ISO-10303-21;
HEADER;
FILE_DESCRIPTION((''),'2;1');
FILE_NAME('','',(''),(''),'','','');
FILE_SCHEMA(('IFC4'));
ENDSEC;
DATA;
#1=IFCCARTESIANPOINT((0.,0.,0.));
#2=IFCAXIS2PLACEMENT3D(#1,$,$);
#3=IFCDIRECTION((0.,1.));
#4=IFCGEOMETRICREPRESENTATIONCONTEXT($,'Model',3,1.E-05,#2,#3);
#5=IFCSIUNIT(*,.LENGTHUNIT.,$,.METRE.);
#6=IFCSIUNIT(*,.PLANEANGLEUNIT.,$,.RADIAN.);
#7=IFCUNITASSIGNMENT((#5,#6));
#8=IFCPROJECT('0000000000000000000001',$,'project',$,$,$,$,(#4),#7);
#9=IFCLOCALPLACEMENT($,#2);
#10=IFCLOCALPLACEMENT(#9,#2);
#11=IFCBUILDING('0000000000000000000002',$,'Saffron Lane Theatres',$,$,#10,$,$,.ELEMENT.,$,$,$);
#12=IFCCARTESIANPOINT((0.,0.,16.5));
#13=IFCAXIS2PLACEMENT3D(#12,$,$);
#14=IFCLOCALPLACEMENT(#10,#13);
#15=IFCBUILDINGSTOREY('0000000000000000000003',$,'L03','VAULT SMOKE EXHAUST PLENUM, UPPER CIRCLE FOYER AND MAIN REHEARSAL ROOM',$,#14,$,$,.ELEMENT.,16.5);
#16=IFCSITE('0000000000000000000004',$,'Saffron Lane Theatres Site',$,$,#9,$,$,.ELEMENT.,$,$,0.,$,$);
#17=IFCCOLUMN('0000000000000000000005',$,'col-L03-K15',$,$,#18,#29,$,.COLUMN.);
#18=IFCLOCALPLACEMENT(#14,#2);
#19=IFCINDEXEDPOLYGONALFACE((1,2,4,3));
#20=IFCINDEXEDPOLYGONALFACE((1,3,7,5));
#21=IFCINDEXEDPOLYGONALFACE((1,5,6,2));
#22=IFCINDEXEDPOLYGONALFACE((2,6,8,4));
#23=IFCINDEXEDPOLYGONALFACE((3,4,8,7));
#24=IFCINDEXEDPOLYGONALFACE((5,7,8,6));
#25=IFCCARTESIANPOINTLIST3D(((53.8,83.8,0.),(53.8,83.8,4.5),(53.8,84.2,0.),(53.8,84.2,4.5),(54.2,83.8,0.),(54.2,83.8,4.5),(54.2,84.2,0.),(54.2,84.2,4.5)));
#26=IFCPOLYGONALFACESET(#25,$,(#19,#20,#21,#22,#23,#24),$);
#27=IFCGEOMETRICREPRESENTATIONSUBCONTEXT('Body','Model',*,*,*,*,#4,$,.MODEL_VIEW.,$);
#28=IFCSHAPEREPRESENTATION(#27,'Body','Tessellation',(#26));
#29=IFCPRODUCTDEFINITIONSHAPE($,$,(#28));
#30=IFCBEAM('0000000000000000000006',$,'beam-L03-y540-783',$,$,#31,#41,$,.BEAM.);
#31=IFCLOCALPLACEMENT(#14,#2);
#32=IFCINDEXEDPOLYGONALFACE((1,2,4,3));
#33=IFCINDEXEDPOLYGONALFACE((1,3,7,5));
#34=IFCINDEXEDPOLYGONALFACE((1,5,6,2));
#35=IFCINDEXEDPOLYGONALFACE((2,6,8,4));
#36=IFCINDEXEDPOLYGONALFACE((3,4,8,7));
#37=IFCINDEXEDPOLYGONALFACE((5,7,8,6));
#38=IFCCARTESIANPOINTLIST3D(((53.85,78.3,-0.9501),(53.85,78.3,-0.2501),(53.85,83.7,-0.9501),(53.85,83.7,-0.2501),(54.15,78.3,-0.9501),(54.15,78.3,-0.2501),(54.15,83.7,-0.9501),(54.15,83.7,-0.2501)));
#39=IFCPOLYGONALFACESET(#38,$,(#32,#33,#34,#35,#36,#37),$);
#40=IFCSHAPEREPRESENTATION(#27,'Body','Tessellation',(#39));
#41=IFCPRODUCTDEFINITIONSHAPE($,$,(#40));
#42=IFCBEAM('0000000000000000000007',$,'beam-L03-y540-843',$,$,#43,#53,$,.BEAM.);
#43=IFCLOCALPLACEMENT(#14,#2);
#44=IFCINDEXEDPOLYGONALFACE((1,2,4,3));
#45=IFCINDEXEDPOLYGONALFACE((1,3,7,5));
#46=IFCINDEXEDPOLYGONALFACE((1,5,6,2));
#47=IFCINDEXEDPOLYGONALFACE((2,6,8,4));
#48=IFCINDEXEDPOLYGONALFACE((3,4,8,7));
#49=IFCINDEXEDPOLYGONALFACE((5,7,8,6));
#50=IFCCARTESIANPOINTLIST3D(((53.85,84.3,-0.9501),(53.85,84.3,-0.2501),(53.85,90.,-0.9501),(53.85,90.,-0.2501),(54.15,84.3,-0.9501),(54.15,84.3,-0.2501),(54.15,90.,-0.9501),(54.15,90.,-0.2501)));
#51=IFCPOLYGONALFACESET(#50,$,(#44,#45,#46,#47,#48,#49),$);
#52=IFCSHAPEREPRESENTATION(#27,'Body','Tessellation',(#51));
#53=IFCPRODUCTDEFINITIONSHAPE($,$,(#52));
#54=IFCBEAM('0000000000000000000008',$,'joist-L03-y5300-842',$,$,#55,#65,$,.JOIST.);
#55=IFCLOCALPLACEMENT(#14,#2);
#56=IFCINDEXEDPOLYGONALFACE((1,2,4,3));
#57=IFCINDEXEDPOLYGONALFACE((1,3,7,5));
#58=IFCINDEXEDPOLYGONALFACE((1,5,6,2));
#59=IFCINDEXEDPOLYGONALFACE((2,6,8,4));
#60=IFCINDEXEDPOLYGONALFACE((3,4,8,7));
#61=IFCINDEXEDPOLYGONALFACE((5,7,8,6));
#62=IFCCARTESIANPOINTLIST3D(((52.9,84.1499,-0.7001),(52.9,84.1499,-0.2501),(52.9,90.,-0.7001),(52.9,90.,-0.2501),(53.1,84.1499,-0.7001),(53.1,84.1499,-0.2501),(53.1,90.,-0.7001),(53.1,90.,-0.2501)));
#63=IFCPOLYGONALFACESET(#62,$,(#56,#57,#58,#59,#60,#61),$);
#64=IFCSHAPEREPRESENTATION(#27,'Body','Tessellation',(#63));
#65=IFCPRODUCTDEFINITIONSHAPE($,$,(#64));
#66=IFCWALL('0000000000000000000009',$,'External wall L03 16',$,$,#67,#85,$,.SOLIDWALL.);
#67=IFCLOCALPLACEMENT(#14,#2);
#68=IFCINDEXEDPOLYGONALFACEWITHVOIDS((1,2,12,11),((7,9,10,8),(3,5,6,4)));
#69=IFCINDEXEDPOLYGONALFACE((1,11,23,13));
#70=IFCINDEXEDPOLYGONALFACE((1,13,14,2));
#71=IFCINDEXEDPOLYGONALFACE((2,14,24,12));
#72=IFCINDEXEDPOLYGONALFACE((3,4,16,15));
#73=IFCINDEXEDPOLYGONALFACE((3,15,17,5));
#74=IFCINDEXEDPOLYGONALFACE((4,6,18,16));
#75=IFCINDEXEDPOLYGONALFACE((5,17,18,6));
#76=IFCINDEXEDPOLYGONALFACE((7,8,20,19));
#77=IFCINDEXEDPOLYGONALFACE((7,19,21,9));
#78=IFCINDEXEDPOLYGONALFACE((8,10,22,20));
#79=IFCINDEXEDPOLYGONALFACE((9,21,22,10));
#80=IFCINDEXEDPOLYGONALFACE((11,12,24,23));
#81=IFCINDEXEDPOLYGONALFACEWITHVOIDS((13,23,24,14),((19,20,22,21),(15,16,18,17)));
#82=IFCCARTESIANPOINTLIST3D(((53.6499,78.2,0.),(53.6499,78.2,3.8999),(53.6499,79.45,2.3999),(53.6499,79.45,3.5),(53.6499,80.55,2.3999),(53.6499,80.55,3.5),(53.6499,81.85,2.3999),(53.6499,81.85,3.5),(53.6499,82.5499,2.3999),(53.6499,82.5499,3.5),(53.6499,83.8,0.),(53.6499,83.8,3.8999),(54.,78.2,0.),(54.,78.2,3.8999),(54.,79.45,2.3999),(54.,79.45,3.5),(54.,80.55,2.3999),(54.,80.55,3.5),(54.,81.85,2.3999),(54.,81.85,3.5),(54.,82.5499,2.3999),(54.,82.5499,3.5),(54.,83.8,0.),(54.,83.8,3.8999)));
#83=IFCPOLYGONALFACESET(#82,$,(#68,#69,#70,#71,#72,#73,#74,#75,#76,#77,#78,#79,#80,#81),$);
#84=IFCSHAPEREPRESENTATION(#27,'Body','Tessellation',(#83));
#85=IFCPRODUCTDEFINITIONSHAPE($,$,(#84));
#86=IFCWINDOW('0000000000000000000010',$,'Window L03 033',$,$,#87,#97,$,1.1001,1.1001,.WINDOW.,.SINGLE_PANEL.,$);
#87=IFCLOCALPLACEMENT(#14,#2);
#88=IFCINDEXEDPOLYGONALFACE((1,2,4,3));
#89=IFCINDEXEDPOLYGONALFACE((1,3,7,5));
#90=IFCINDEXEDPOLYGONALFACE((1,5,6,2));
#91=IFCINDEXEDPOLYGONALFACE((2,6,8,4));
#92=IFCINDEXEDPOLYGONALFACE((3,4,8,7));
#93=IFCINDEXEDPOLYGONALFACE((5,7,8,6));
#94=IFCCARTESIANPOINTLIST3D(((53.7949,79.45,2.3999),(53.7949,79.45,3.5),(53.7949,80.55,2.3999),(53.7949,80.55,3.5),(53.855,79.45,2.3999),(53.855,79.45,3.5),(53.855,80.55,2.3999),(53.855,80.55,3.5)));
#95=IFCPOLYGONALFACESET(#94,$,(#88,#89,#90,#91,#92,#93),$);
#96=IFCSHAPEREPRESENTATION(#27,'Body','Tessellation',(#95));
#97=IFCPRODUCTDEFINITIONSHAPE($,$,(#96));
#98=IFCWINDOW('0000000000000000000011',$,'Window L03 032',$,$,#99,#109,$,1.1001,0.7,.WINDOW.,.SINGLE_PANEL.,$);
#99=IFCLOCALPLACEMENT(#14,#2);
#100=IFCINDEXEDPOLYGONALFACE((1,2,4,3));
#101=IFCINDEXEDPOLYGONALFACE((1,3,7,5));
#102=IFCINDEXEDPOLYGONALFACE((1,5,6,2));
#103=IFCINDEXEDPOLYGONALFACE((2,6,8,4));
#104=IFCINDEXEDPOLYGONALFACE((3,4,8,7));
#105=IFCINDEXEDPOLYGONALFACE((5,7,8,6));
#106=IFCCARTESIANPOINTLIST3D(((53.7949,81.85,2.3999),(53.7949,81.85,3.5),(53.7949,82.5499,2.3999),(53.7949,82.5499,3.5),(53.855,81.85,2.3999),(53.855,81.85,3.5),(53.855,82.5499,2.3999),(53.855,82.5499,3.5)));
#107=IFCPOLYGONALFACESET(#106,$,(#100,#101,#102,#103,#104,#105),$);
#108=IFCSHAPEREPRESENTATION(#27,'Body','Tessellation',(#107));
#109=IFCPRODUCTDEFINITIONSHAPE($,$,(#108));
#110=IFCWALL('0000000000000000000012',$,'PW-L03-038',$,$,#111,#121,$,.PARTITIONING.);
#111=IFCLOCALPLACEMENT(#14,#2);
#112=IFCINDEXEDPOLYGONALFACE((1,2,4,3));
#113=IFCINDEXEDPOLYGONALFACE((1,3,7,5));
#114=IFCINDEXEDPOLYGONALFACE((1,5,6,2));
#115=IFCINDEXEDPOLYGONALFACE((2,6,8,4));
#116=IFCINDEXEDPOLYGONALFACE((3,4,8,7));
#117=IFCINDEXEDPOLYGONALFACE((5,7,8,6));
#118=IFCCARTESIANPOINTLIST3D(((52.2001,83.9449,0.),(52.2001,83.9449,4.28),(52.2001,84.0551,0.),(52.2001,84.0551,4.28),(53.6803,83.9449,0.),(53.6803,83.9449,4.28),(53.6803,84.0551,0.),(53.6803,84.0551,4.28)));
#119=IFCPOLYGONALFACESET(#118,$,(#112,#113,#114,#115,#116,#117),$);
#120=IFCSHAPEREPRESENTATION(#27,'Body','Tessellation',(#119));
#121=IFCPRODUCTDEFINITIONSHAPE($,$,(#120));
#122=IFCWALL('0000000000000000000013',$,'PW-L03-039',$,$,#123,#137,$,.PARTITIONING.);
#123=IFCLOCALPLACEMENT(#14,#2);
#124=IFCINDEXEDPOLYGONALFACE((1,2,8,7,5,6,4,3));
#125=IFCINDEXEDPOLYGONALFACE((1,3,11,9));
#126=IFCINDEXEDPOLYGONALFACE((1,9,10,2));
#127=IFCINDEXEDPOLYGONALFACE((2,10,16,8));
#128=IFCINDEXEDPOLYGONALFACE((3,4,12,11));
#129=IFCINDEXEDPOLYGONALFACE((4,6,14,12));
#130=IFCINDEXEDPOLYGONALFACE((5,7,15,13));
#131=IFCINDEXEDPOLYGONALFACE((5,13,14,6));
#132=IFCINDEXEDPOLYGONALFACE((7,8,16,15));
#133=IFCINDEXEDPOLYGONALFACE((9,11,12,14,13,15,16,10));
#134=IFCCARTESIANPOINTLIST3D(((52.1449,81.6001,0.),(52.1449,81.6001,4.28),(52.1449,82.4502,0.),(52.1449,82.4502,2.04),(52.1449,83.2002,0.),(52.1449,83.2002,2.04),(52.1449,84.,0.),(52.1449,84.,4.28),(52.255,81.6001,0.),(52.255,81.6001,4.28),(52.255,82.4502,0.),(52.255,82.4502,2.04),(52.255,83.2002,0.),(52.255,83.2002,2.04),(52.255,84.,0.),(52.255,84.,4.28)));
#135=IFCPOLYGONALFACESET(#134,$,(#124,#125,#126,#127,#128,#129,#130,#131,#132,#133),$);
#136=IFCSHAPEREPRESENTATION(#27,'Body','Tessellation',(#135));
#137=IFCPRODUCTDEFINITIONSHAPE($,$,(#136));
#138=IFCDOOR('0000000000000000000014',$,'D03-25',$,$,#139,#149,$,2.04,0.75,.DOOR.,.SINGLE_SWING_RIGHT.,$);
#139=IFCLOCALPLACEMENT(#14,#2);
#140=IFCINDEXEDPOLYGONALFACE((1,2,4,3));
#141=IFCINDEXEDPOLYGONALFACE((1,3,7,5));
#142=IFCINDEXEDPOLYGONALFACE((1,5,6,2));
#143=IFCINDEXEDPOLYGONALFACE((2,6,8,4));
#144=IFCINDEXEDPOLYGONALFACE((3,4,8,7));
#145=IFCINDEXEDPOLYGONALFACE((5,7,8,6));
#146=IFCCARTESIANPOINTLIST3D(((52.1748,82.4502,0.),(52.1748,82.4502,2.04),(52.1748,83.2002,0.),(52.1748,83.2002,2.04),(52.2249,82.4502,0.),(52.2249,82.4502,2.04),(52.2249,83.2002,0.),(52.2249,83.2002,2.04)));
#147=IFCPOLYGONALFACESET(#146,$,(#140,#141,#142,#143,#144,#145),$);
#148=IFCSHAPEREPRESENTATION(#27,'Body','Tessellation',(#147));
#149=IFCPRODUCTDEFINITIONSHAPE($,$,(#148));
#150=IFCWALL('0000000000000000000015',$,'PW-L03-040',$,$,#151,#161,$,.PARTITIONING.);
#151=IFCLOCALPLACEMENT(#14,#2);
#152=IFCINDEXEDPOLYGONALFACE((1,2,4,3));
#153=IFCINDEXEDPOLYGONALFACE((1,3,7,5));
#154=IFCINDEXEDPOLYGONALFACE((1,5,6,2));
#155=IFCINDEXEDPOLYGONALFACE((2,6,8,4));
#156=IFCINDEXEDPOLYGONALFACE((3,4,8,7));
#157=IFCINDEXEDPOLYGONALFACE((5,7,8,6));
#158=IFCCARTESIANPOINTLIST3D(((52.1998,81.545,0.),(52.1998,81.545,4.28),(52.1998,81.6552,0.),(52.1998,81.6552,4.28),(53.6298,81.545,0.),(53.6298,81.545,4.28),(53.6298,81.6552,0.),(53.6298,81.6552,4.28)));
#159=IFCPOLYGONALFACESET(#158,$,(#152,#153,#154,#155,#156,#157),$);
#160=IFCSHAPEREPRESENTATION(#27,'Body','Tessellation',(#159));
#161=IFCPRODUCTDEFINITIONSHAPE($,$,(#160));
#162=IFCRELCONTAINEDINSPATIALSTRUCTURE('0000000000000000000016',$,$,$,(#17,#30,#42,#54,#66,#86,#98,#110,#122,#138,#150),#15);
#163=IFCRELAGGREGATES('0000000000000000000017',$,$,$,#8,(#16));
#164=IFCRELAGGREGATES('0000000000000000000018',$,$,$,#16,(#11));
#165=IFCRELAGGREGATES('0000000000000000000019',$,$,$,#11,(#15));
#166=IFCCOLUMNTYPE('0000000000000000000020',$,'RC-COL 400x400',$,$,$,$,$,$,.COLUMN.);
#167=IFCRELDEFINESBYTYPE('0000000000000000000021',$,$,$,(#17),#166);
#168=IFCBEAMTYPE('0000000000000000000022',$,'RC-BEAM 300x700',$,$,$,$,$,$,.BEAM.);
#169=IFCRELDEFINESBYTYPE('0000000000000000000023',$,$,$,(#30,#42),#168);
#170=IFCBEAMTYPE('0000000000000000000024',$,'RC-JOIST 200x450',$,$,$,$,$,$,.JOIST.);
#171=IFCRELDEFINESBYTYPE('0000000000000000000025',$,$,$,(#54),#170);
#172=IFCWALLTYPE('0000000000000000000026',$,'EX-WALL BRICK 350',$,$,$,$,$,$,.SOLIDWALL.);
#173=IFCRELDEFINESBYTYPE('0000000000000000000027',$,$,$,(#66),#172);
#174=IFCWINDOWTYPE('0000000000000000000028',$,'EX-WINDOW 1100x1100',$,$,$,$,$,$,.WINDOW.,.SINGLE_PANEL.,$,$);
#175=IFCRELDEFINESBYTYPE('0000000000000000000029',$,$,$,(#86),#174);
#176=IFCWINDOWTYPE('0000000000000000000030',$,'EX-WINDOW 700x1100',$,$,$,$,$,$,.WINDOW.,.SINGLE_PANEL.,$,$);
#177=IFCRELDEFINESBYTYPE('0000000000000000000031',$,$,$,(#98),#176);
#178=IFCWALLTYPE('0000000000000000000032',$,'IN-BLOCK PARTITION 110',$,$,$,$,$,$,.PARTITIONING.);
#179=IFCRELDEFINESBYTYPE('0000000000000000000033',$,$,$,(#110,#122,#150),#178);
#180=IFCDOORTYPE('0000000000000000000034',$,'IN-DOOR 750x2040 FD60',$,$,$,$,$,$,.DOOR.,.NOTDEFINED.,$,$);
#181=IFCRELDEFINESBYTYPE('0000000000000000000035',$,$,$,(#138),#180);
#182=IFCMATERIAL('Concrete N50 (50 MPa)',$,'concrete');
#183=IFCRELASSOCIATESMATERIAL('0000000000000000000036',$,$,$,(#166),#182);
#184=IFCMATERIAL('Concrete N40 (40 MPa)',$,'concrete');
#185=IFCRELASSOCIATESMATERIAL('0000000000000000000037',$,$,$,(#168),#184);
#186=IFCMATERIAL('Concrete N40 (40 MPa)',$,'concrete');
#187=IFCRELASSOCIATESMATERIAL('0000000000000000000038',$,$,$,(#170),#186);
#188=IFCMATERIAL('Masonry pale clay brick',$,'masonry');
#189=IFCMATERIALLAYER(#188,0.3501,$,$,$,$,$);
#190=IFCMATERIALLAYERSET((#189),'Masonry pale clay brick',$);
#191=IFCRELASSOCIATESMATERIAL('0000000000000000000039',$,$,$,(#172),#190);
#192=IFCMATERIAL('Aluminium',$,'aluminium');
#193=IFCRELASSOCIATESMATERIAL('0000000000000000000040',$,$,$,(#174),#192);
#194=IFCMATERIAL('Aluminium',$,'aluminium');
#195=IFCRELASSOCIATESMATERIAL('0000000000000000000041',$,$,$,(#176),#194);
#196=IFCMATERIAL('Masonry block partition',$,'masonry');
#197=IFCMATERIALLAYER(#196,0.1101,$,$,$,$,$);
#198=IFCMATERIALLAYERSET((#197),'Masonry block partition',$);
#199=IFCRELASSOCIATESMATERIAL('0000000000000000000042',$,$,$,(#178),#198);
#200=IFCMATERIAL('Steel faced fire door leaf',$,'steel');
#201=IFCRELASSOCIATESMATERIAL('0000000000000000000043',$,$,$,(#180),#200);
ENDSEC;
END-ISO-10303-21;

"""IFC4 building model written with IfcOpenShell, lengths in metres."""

from ifc_helpers import new_model, si_unit, direction, frame, frame_2d, origin, origin_2d, place, context, subcontext, project, spatial, rectangle, extrude, material, layer, layer_set, material_profile, profile_set, type_object, element, fill, save


model = new_model("IFC4")

# Units and contexts
model_context = context("Model", 3, precision=1e-05, world=origin(), true_north=direction((0.0, 1.0)))
body_context = subcontext(model_context, "Body", "Model", "MODEL_VIEW")
ifc_project = project(units=[si_unit("LENGTHUNIT", "METRE"), si_unit("PLANEANGLEUNIT", "RADIAN")], contexts=[model_context])

# Site, building, storey
site_placement = place(None, origin())
site = spatial("IfcSite", under=ifc_project, at=site_placement, Name="Saffron Lane Theatres Site", CompositionType="ELEMENT", RefElevation=0.0)
building_placement = place(site_placement, origin())
building = spatial("IfcBuilding", under=site, at=building_placement, Name="Saffron Lane Theatres", CompositionType="ELEMENT")
storey_placement = place(building_placement, frame((0.0, 0.0, 16.5)))
storey = spatial("IfcBuildingStorey", under=building, at=storey_placement, Name="L03", Description="VAULT SMOKE EXHAUST PLENUM, UPPER CIRCLE FOYER AND MAIN REHEARSAL ROOM", CompositionType="ELEMENT", Elevation=16.5)

# Column
ifc_material_1 = material(Name="Concrete N50 (50 MPa)", Category="concrete")
ifc_material_profile_1 = material_profile(ifc_material_1, rectangle(XDim=0.3999, YDim=0.3999, at=origin_2d()))
ifc_profile_set_1 = profile_set([ifc_material_profile_1], Name="Concrete N50 (50 MPa)")
column_type = type_object("IfcColumnType", Name="RC-COL 400x400", PredefinedType="COLUMN", material=ifc_profile_set_1)
column_placement = place(storey_placement, frame((54.0, 84.0, 0.0), z_axis=(0.0, 0.0, 1.0), x_axis=(1.0, 0.0, 0.0)))
element("IfcColumn", 1, at=column_placement, inside=storey, type_object=column_type, Name="col-L03-K15", PredefinedType="COLUMN", context=body_context, shape_type="SweptSolid", body=[
    extrude(rectangle(XDim=0.3999, YDim=0.3999, at=origin_2d()), origin(), (0.0, 0.0, 1.0), 4.5),
])

# Beams
ifc_material_2 = material(Name="Concrete N40 (40 MPa)", Category="concrete")
ifc_material_profile_2 = material_profile(ifc_material_2, rectangle(XDim=0.3, YDim=0.7, at=origin_2d()))
ifc_profile_set_2 = profile_set([ifc_material_profile_2], Name="Concrete N40 (40 MPa)")
beam_type_1 = type_object("IfcBeamType", Name="RC-BEAM 300x700", PredefinedType="BEAM", material=ifc_profile_set_2)
beam_1_placement = place(storey_placement, frame((54.0, 78.3, -0.6001), z_axis=(0.0, 1.0, 0.0), x_axis=(-1.0, 0.0, 0.0)))
element("IfcBeam", 2, at=beam_1_placement, inside=storey, type_object=beam_type_1, Name="beam-L03-y540-783", PredefinedType="BEAM", context=body_context, shape_type="SweptSolid", body=[
    extrude(rectangle(XDim=0.3, YDim=0.7, at=origin_2d()), origin(), (0.0, 0.0, 1.0), 5.3999),
])
beam_2_placement = place(storey_placement, frame((54.0, 84.3, -0.6001), z_axis=(0.0, 1.0, 0.0), x_axis=(-1.0, 0.0, 0.0)))
element("IfcBeam", 3, at=beam_2_placement, inside=storey, type_object=beam_type_1, Name="beam-L03-y540-843", PredefinedType="BEAM", context=body_context, shape_type="SweptSolid", body=[
    extrude(rectangle(XDim=0.3, YDim=0.7, at=origin_2d()), origin(), (0.0, 0.0, 1.0), 5.7),
])
ifc_material_3 = material(Name="Concrete N40 (40 MPa)", Category="concrete")
ifc_material_profile_3 = material_profile(ifc_material_3, rectangle(XDim=0.2, YDim=0.45, at=origin_2d()))
ifc_profile_set_3 = profile_set([ifc_material_profile_3], Name="Concrete N40 (40 MPa)")
beam_type_2 = type_object("IfcBeamType", Name="RC-JOIST 200x450", PredefinedType="JOIST", material=ifc_profile_set_3)
beam_3_placement = place(storey_placement, frame((53.0, 84.1499, -0.4751), z_axis=(0.0, 1.0, 0.0), x_axis=(-1.0, 0.0, 0.0)))
element("IfcBeam", 4, at=beam_3_placement, inside=storey, type_object=beam_type_2, Name="joist-L03-y5300-842", PredefinedType="JOIST", context=body_context, shape_type="SweptSolid", body=[
    extrude(rectangle(XDim=0.2, YDim=0.45, at=origin_2d()), origin(), (0.0, 0.0, 1.0), 5.8501),
])

# Wall, openings, windows
ifc_material_4 = material(Name="Masonry pale clay brick", Category="masonry")
ifc_layer_1 = layer(ifc_material_4, 0.3501)
ifc_layer_set_1 = layer_set([ifc_layer_1], Name="Masonry pale clay brick")
wall_type_1 = type_object("IfcWallType", Name="EX-WALL BRICK 350", PredefinedType="SOLIDWALL", material=ifc_layer_set_1)
wall_1_placement = place(storey_placement, frame((53.825, 83.8, 0.0), z_axis=(0.0, 0.0, 1.0), x_axis=(0.0, -1.0, 0.0)))
wall_1 = element("IfcWall", 5, at=wall_1_placement, inside=storey, type_object=wall_type_1, Name="External wall L03 16", PredefinedType="SOLIDWALL", context=body_context, shape_type="SweptSolid", body=[
    extrude(rectangle(XDim=5.6001, YDim=0.3501, at=frame_2d((2.8, 0.0))), origin(), (0.0, 0.0, 1.0), 3.8999),
])
opening_1_placement = place(wall_1_placement, frame((1.25, 0.0, 2.3999)))
opening_1 = element("IfcOpeningElement", 6, at=opening_1_placement, cuts=wall_1, PredefinedType="OPENING", context=body_context, shape_type="SweptSolid", body=[
    extrude(rectangle(XDim=0.7, YDim=1.1001, at=frame_2d((0.3501, 0.55))), frame((0.0, 0.1851, 0.0), z_axis=(0.0, -1.0, 0.0), x_axis=(1.0, 0.0, 0.0)), (0.0, 0.0, 1.0), 0.3701),
])
opening_2_placement = place(wall_1_placement, frame((3.25, 0.0, 2.3999)))
opening_2 = element("IfcOpeningElement", 7, at=opening_2_placement, cuts=wall_1, PredefinedType="OPENING", context=body_context, shape_type="SweptSolid", body=[
    extrude(rectangle(XDim=1.1001, YDim=1.1001, at=frame_2d((0.55, 0.55))), frame((0.0, 0.1851, 0.0), z_axis=(0.0, -1.0, 0.0), x_axis=(1.0, 0.0, 0.0)), (0.0, 0.0, 1.0), 0.3701),
])
ifc_material_5 = material(Name="Aluminium", Category="aluminium")
window_type_1 = type_object("IfcWindowType", Name="EX-WINDOW 1100x1100", PartitioningType="SINGLE_PANEL", PredefinedType="WINDOW", material=ifc_material_5)
window_1_placement = place(opening_2_placement, origin())
window_1 = element("IfcWindow", 8, at=window_1_placement, inside=storey, type_object=window_type_1, Name="Window L03 033", OverallHeight=1.1001, OverallWidth=1.1001, PartitioningType="SINGLE_PANEL", PredefinedType="WINDOW", context=body_context, shape_type="SweptSolid", body=[
    extrude(rectangle(XDim=1.1001, YDim=1.1001, at=frame_2d((0.55, 0.55))), frame((0.0, 0.03, 0.0), z_axis=(0.0, -1.0, 0.0), x_axis=(1.0, 0.0, 0.0)), (0.0, 0.0, 1.0), 0.0601),
])
fill(opening_2, window_1)
ifc_material_6 = material(Name="Aluminium", Category="aluminium")
window_type_2 = type_object("IfcWindowType", Name="EX-WINDOW 700x1100", PartitioningType="SINGLE_PANEL", PredefinedType="WINDOW", material=ifc_material_6)
window_2_placement = place(opening_1_placement, origin())
window_2 = element("IfcWindow", 9, at=window_2_placement, inside=storey, type_object=window_type_2, Name="Window L03 032", OverallHeight=1.1001, OverallWidth=0.7, PartitioningType="SINGLE_PANEL", PredefinedType="WINDOW", context=body_context, shape_type="SweptSolid", body=[
    extrude(rectangle(XDim=0.7, YDim=1.1001, at=frame_2d((0.3501, 0.55))), frame((0.0, 0.03, 0.0), z_axis=(0.0, -1.0, 0.0), x_axis=(1.0, 0.0, 0.0)), (0.0, 0.0, 1.0), 0.0601),
])
fill(opening_1, window_2)

# Wall
ifc_material_7 = material(Name="Masonry block partition", Category="masonry")
ifc_layer_2 = layer(ifc_material_7, 0.1101)
ifc_layer_set_2 = layer_set([ifc_layer_2], Name="Masonry block partition")
wall_type_2 = type_object("IfcWallType", Name="IN-BLOCK PARTITION 110", PredefinedType="PARTITIONING", material=ifc_layer_set_2)
wall_2_placement = place(storey_placement, frame((52.2, 84.0, 0.0), z_axis=(0.0, 0.0, 1.0), x_axis=(1.0, 0.0, 0.0)))
element("IfcWall", 10, at=wall_2_placement, inside=storey, type_object=wall_type_2, Name="PW-L03-038", PredefinedType="PARTITIONING", context=body_context, shape_type="SweptSolid", body=[
    extrude(rectangle(XDim=1.4802, YDim=0.1101, at=frame_2d((0.7402, 0.0))), origin(), (0.0, 0.0, 1.0), 4.28),
])

# Wall, opening, door
wall_3_placement = place(storey_placement, frame((52.2, 81.6001, 0.0), z_axis=(0.0, 0.0, 1.0), x_axis=(0.0, 1.0, 0.0)))
wall_3 = element("IfcWall", 11, at=wall_3_placement, inside=storey, type_object=wall_type_2, Name="PW-L03-039", PredefinedType="PARTITIONING", context=body_context, shape_type="SweptSolid", body=[
    extrude(rectangle(XDim=2.3999, YDim=0.1101, at=frame_2d((1.2, 0.0))), origin(), (0.0, 0.0, 1.0), 4.28),
])
opening_3_placement = place(wall_3_placement, frame((0.8501, 0.0, 0.0)))
opening_3 = element("IfcOpeningElement", 12, at=opening_3_placement, cuts=wall_3, PredefinedType="OPENING", context=body_context, shape_type="SweptSolid", body=[
    extrude(rectangle(XDim=0.75, YDim=2.04, at=frame_2d((0.375, 1.02))), frame((0.0, 0.0649, 0.0), z_axis=(0.0, -1.0, 0.0), x_axis=(1.0, 0.0, 0.0)), (0.0, 0.0, 1.0), 0.1301),
])
ifc_material_8 = material(Name="Steel faced fire door leaf", Category="steel")
door_type = type_object("IfcDoorType", Name="IN-DOOR 750x2040 FD60", OperationType="NOTDEFINED", PredefinedType="DOOR", material=ifc_material_8)
door_placement = place(opening_3_placement, frame((0.75, 0.0, 0.0), z_axis=(0.0, 0.0, 1.0), x_axis=(-1.0, 0.0, 0.0)))
door = element("IfcDoor", 13, at=door_placement, inside=storey, type_object=door_type, Name="D03-25", OperationType="SINGLE_SWING_RIGHT", OverallHeight=2.04, OverallWidth=0.75, PredefinedType="DOOR", context=body_context, shape_type="SweptSolid", body=[
    extrude(rectangle(XDim=0.75, YDim=2.04, at=frame_2d((0.375, 1.02))), frame((0.0, 0.0249, 0.0), z_axis=(0.0, -1.0, 0.0), x_axis=(1.0, 0.0, 0.0)), (0.0, 0.0, 1.0), 0.05),
])
fill(opening_3, door)

# Wall
wall_4_placement = place(storey_placement, frame((52.2, 81.6001, 0.0), z_axis=(0.0, 0.0, 1.0), x_axis=(1.0, 0.0, 0.0)))
element("IfcWall", 14, at=wall_4_placement, inside=storey, type_object=wall_type_2, Name="PW-L03-040", PredefinedType="PARTITIONING", context=body_context, shape_type="SweptSolid", body=[
    extrude(rectangle(XDim=1.4299, YDim=0.1101, at=frame_2d((0.7148, 0.0))), origin(), (0.0, 0.0, 1.0), 4.28),
])

save(model, "model.ifc")
